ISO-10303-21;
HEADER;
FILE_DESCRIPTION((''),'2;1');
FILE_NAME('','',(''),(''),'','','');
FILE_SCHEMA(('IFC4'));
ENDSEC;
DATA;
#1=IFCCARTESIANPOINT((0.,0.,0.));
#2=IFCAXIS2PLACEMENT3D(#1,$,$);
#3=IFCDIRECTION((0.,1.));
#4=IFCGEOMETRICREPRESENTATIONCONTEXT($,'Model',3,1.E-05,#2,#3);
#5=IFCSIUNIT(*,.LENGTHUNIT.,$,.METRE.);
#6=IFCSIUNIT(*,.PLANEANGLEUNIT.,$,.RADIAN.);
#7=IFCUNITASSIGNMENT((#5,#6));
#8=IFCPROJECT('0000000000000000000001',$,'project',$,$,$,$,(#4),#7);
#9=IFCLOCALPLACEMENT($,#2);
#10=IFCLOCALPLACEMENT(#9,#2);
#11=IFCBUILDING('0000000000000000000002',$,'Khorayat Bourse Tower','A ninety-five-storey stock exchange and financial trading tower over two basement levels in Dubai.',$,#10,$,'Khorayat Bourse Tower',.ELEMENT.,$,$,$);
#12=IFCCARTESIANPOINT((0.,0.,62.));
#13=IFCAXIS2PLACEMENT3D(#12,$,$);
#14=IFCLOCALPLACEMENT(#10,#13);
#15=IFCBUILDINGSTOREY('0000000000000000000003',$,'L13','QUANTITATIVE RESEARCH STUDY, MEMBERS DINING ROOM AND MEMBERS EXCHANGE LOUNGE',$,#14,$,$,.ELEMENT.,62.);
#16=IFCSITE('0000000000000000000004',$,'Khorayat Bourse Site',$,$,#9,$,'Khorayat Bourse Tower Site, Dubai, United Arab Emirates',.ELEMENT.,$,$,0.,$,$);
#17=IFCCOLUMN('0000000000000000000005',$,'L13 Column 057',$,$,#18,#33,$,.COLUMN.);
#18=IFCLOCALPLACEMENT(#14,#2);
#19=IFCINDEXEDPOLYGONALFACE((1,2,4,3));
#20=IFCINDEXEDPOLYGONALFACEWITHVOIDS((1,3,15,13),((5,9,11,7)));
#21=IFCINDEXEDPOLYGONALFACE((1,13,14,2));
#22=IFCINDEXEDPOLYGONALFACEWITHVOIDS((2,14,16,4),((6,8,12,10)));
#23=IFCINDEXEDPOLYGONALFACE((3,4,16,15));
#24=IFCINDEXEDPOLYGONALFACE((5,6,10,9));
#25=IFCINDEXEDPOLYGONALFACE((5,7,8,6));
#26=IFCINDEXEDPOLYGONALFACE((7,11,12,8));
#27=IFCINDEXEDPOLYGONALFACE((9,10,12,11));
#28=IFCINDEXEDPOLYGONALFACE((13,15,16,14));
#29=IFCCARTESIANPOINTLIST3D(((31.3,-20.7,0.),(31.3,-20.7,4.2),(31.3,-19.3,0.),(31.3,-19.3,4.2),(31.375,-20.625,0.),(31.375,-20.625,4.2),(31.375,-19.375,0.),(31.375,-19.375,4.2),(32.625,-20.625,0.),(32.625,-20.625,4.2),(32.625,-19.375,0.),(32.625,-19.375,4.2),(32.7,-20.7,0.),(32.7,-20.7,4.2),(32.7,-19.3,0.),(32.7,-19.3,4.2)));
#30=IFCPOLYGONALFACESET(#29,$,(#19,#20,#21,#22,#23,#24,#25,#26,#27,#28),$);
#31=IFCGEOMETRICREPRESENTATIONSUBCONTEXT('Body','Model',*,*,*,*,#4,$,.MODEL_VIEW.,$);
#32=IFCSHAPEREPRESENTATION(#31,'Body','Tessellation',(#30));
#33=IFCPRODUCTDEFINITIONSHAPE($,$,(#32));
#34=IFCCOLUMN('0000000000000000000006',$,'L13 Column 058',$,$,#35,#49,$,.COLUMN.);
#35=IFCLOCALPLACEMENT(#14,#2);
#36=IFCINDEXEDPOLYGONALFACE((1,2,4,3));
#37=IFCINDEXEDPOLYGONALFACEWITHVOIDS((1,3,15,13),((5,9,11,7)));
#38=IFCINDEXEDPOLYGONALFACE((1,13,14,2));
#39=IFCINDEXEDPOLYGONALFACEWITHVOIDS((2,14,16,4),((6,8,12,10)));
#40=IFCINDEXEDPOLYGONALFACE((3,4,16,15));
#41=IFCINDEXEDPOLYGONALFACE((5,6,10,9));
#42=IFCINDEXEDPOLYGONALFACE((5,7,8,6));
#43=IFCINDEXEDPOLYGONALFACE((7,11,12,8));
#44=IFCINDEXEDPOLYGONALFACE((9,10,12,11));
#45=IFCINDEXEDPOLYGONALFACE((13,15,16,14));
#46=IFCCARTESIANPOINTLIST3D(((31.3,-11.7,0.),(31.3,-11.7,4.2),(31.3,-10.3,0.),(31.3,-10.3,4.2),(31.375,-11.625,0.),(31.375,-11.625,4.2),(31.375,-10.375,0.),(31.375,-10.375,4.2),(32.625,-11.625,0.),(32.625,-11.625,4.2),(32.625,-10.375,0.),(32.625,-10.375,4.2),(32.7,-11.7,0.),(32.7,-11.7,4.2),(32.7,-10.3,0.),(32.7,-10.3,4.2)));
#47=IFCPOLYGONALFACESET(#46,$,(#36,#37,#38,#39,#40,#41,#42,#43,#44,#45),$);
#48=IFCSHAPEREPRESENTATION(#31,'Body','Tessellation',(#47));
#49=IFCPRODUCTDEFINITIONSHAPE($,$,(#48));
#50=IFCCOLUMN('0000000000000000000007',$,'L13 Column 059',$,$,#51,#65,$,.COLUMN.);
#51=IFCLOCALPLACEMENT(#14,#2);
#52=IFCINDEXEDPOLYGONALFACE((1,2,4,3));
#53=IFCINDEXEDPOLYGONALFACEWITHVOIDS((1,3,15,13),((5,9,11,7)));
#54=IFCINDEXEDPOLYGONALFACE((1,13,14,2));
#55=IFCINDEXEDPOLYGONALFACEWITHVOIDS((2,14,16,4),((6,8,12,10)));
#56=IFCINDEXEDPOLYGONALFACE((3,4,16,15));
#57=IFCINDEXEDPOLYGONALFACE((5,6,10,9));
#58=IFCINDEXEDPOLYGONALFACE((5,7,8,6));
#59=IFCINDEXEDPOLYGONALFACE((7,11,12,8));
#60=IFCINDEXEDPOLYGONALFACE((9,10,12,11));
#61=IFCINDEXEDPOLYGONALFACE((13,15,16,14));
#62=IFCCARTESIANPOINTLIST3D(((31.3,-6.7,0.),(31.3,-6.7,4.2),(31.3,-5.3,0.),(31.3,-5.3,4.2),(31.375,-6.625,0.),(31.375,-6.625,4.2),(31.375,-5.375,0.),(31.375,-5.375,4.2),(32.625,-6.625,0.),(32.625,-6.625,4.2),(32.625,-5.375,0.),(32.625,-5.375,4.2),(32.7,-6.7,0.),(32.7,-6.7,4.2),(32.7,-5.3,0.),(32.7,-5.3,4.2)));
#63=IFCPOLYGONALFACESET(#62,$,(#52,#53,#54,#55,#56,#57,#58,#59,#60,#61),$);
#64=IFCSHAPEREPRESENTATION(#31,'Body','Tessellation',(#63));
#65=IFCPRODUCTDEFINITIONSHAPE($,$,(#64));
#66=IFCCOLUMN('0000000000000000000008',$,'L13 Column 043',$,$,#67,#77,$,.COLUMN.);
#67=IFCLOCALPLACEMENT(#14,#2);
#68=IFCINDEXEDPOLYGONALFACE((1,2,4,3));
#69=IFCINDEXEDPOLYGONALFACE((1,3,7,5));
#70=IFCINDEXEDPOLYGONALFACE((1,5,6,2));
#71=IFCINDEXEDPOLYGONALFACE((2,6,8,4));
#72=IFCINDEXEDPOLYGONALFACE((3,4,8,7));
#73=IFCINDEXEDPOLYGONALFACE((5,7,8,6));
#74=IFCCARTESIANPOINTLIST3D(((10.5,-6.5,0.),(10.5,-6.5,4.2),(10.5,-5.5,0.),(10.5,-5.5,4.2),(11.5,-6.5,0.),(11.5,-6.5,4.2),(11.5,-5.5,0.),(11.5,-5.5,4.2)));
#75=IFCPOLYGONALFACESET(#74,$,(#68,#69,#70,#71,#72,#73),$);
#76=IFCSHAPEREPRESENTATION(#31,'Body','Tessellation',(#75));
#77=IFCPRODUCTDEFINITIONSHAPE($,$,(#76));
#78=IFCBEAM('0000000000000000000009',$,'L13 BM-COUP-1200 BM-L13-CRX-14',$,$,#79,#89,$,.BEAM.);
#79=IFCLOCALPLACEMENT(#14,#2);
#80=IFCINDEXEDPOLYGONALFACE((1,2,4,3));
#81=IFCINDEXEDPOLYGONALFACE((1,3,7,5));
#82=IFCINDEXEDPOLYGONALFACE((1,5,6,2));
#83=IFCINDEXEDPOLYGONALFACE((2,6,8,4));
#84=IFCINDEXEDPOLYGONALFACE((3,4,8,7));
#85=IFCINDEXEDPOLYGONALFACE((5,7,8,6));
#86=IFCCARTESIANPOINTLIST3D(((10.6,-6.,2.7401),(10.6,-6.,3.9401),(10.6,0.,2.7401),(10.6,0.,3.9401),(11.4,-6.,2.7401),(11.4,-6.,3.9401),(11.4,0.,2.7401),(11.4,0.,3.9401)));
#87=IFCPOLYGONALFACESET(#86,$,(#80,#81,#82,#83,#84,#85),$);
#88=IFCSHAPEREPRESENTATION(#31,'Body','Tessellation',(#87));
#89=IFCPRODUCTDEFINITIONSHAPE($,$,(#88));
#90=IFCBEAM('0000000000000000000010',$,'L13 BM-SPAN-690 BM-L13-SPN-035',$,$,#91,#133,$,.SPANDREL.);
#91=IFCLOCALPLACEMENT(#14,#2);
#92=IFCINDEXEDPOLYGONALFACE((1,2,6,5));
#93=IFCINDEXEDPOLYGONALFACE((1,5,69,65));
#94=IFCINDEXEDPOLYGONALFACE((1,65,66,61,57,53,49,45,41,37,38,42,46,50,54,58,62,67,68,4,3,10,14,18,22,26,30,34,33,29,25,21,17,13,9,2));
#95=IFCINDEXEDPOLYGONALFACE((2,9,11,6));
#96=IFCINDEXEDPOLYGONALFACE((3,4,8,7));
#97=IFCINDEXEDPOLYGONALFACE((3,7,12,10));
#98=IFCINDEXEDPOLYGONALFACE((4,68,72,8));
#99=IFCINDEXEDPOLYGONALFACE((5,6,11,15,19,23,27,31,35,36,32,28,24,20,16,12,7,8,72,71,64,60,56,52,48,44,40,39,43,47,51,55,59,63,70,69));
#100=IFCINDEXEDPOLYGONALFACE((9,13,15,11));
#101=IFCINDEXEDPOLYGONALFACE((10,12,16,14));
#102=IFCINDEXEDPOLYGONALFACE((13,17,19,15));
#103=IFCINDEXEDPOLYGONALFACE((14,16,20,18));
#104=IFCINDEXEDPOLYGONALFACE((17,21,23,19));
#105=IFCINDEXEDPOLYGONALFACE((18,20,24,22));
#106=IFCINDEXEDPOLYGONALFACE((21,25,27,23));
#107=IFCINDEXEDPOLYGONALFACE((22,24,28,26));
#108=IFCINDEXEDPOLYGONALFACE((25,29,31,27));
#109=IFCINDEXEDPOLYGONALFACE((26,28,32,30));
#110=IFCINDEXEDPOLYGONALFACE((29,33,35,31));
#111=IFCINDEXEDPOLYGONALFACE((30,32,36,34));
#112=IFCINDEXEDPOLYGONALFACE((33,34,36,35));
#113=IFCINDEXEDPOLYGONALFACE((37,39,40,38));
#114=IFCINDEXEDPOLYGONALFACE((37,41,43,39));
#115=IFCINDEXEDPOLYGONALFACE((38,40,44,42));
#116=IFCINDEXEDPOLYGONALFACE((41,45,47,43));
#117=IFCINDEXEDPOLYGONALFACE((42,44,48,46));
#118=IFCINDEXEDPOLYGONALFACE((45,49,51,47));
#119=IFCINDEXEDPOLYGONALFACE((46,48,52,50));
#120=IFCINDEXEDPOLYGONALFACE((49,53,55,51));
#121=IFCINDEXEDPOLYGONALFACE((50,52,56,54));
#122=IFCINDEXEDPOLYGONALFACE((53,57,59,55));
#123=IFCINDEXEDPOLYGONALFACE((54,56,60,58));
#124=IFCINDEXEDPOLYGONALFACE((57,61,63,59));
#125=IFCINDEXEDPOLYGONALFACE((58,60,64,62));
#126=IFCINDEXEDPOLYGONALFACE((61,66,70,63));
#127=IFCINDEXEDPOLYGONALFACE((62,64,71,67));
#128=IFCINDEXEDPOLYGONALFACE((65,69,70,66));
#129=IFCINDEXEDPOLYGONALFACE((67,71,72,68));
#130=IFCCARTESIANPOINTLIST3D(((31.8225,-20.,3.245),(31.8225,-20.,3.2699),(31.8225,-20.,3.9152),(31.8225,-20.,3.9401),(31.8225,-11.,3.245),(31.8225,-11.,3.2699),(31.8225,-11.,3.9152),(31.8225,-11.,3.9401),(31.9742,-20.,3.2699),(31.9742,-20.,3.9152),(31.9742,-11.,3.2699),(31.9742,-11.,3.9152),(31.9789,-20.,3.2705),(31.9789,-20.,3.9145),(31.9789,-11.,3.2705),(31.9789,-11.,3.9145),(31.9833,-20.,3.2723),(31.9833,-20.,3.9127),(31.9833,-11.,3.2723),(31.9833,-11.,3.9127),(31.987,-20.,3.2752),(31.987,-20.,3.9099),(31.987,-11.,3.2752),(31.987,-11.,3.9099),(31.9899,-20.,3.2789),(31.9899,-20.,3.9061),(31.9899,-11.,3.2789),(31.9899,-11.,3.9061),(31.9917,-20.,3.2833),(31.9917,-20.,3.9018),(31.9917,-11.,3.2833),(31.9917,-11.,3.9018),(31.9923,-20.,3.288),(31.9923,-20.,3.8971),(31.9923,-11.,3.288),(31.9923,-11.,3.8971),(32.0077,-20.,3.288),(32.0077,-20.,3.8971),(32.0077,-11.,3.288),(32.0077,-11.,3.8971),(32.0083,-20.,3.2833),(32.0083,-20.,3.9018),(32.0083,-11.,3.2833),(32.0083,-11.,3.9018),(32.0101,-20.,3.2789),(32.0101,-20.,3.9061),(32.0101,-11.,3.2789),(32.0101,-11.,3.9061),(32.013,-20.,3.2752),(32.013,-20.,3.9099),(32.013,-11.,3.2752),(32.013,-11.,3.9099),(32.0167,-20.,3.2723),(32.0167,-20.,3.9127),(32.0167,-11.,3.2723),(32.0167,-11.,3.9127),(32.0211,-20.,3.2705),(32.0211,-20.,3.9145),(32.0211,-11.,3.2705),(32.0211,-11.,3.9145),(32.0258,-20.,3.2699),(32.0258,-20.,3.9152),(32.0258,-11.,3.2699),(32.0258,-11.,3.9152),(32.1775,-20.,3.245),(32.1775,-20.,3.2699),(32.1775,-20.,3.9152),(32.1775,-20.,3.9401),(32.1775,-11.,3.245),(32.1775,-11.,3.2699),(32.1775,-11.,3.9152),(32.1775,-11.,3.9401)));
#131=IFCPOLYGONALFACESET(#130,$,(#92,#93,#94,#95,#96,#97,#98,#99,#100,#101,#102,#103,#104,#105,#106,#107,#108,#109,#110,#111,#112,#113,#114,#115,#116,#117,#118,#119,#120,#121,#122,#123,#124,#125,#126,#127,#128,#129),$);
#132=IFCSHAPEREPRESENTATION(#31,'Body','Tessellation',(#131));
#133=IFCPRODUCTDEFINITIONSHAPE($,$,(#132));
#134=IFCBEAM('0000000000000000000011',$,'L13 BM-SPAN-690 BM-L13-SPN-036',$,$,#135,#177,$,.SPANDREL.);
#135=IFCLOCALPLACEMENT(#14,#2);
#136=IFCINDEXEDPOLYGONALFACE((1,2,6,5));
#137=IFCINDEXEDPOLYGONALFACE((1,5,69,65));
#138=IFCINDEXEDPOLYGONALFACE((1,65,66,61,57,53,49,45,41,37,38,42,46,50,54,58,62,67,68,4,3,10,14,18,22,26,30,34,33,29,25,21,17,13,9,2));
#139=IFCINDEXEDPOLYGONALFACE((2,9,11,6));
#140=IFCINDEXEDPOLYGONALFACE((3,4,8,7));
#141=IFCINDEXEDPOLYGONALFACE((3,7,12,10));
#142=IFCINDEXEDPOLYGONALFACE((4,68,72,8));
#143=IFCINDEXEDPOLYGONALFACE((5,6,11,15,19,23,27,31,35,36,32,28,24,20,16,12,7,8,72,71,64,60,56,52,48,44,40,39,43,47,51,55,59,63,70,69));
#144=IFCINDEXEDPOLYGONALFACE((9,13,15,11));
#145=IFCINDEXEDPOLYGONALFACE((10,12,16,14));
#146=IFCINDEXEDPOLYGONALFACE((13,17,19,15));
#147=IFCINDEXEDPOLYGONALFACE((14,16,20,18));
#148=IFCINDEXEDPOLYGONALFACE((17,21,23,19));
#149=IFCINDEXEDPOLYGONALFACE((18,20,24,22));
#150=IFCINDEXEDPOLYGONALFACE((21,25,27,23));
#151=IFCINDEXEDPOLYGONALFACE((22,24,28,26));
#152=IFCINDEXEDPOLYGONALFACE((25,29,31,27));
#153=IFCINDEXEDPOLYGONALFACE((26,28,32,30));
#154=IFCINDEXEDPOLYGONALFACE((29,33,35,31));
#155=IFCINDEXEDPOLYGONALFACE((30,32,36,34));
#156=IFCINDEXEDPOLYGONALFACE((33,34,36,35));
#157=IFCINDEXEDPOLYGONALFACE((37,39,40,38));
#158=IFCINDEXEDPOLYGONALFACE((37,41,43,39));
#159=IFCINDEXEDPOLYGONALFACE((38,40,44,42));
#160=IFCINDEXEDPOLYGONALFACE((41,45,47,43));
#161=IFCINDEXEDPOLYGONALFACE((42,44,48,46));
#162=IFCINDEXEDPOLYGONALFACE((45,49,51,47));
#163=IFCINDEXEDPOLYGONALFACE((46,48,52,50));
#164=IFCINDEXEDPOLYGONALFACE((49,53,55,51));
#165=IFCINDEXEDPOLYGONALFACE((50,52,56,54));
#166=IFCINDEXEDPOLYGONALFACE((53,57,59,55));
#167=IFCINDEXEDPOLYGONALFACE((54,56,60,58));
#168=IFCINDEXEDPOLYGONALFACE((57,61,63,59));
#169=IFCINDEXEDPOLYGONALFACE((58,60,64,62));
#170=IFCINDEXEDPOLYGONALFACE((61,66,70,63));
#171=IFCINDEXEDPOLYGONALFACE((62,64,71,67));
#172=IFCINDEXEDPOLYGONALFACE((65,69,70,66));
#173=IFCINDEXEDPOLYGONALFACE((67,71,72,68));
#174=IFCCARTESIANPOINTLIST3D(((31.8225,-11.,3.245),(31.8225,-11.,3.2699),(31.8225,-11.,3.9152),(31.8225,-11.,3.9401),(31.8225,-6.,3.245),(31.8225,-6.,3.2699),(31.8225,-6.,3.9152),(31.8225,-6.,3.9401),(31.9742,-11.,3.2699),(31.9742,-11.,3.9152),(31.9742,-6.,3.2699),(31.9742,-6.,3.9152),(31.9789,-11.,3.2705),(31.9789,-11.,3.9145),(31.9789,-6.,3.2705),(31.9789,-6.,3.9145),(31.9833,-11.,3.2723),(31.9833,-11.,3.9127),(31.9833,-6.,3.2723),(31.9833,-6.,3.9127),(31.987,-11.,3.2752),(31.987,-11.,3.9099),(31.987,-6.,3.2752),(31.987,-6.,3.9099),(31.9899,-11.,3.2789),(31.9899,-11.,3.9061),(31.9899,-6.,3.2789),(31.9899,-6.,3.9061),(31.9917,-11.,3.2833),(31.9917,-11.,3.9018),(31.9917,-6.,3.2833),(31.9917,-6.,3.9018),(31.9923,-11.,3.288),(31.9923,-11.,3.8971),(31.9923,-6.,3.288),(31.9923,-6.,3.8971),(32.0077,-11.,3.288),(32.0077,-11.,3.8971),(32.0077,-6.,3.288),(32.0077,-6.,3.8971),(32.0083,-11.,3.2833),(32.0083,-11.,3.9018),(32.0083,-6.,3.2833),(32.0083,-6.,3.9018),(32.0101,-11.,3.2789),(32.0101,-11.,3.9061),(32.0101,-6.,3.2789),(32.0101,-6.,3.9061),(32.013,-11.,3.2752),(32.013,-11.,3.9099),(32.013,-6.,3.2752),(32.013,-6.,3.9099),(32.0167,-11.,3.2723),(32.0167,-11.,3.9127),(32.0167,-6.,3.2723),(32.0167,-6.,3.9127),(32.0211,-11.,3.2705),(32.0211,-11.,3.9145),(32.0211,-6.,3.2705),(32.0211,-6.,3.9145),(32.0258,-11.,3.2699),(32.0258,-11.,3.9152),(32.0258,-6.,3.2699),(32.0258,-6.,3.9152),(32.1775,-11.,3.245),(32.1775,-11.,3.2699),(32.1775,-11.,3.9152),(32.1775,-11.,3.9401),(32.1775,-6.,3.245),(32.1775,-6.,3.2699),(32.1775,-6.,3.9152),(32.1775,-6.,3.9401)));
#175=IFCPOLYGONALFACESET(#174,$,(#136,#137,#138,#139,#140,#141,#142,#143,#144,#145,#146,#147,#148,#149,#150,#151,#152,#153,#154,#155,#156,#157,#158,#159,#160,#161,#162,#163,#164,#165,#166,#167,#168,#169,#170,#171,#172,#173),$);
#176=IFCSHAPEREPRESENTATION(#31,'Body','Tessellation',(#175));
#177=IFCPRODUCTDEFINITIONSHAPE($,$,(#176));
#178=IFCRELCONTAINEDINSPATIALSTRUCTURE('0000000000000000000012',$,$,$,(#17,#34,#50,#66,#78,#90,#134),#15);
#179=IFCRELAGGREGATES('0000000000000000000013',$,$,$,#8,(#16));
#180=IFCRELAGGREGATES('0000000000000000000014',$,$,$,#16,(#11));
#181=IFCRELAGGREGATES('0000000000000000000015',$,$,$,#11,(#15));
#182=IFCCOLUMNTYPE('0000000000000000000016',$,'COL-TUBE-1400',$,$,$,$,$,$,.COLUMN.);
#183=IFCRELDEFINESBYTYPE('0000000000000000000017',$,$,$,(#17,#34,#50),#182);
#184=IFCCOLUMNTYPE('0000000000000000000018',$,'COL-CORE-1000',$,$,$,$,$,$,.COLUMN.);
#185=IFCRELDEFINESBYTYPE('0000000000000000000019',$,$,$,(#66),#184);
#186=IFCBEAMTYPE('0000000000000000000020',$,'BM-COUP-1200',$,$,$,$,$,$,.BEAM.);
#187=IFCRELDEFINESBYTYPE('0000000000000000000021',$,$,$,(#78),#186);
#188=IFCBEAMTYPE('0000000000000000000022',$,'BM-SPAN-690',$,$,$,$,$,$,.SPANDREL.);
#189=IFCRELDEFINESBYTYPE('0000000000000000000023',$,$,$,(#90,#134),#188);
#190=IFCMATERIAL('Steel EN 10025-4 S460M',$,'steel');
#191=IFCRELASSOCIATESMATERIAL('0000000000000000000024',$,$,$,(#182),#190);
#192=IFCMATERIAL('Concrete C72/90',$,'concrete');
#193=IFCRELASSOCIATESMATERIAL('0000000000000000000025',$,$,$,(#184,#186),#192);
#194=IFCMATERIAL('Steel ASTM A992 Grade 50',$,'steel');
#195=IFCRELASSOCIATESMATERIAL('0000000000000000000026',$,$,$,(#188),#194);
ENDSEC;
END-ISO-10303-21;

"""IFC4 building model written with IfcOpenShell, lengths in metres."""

from ifc_helpers import new_model, si_unit, direction, frame, origin, origin_2d, place, context, subcontext, project, spatial, rectangle, hollow_rectangle, i_section, extrude, source, transform, mapped, material, material_profile, profile_set, type_object, element, save


model = new_model("IFC4")

# Units and contexts
model_context = context("Model", 3, precision=1e-05, world=origin(), true_north=direction((0.0, 1.0)))
body_context = subcontext(model_context, "Body", "Model", "MODEL_VIEW")
ifc_project = project(units=[si_unit("LENGTHUNIT", "METRE"), si_unit("PLANEANGLEUNIT", "RADIAN")], contexts=[model_context])

# Site, building, storey
site_placement = place(None, origin())
site = spatial("IfcSite", under=ifc_project, at=site_placement, Name="Khorayat Bourse Site", LongName="Khorayat Bourse Tower Site, Dubai, United Arab Emirates", CompositionType="ELEMENT", RefElevation=0.0)
building_placement = place(site_placement, origin())
building = spatial("IfcBuilding", under=site, at=building_placement, Name="Khorayat Bourse Tower", Description="A ninety-five-storey stock exchange and financial trading tower over two basement levels in Dubai.", LongName="Khorayat Bourse Tower", CompositionType="ELEMENT")
storey_placement = place(building_placement, frame((0.0, 0.0, 62.0)))
storey = spatial("IfcBuildingStorey", under=building, at=storey_placement, Name="L13", Description="QUANTITATIVE RESEARCH STUDY, MEMBERS DINING ROOM AND MEMBERS EXCHANGE LOUNGE", CompositionType="ELEMENT", Elevation=62.0)

# Columns
ifc_material_1 = material(Name="Steel EN 10025-4 S460M", Category="steel")
ifc_material_profile_1 = material_profile(ifc_material_1, hollow_rectangle(XDim=1.3999, YDim=1.3999, WallThickness=0.075, at=origin_2d()), Name="BOX 1400x1400x75")
ifc_profile_set_1 = profile_set([ifc_material_profile_1], Name="Steel EN 10025-4 S460M")
column_type_1 = type_object("IfcColumnType", Name="COL-TUBE-1400", PredefinedType="COLUMN", material=ifc_profile_set_1)
shared_shape_1 = source(origin(), body_context, "Body", "SweptSolid", [
    extrude(hollow_rectangle(XDim=1.3999, YDim=1.3999, WallThickness=0.075, at=origin_2d()), origin(), (0.0, 0.0, 1.0), 4.2),
])
for number, where, z_axis, x_axis, name in (
    (1, (32.0, -20.0, 0.0), (0.0, 0.0, 1.0), (1.0, 0.0, 0.0), "L13 Column 057"),
    (2, (32.0, -11.0, 0.0), (0.0, 0.0, 1.0), (1.0, 0.0, 0.0), "L13 Column 058"),
    (3, (32.0, -6.0, 0.0), (0.0, 0.0, 1.0), (1.0, 0.0, 0.0), "L13 Column 059"),
):
    element("IfcColumn", number, at=place(storey_placement, frame(where, z_axis=z_axis, x_axis=x_axis)), inside=storey, type_object=column_type_1, Name=name, PredefinedType="COLUMN", context=body_context, shape_type="MappedRepresentation", body=[
        mapped(shared_shape_1, transform((0.0, 0.0, 0.0), scale=1.0)),
    ])
ifc_material_2 = material(Name="Concrete C72/90", Category="concrete")
ifc_material_profile_2 = material_profile(ifc_material_2, rectangle(XDim=1.0, YDim=1.0, at=origin_2d()), Name="RC 1000x1000")
ifc_profile_set_2 = profile_set([ifc_material_profile_2], Name="Concrete C72/90")
column_type_2 = type_object("IfcColumnType", Name="COL-CORE-1000", PredefinedType="COLUMN", material=ifc_profile_set_2)
shared_shape_2 = source(origin(), body_context, "Body", "SweptSolid", [
    extrude(rectangle(XDim=1.0, YDim=1.0, at=origin_2d()), origin(), (0.0, 0.0, 1.0), 4.2),
])
column_placement = place(storey_placement, frame((11.0, -6.0, 0.0), z_axis=(0.0, 0.0, 1.0), x_axis=(1.0, 0.0, 0.0)))
element("IfcColumn", 4, at=column_placement, inside=storey, type_object=column_type_2, Name="L13 Column 043", PredefinedType="COLUMN", context=body_context, shape_type="MappedRepresentation", body=[
    mapped(shared_shape_2, transform((0.0, 0.0, 0.0), scale=1.0)),
])

# Beams
ifc_material_profile_3 = material_profile(ifc_material_2, rectangle(XDim=0.8, YDim=1.2, at=origin_2d()), Name="RC 800x1200")
ifc_profile_set_3 = profile_set([ifc_material_profile_3], Name="Concrete C72/90")
beam_type_1 = type_object("IfcBeamType", Name="BM-COUP-1200", PredefinedType="BEAM", material=ifc_profile_set_3)
shared_shape_3 = source(origin(), body_context, "Body", "SweptSolid", [
    extrude(rectangle(XDim=0.8, YDim=1.2, at=origin_2d()), origin(), (0.0, 0.0, 1.0), 6.0),
])
beam_1_placement = place(storey_placement, frame((11.0, -6.0, 3.3401), z_axis=(0.0, 1.0, 0.0), x_axis=(-1.0, 0.0, 0.0)))
element("IfcBeam", 5, at=beam_1_placement, inside=storey, type_object=beam_type_1, Name="L13 BM-COUP-1200 BM-L13-CRX-14", PredefinedType="BEAM", context=body_context, shape_type="MappedRepresentation", body=[
    mapped(shared_shape_3, transform((0.0, 0.0, 0.0), scale=1.0)),
])
ifc_material_3 = material(Name="Steel ASTM A992 Grade 50", Category="steel")
ifc_material_profile_4 = material_profile(ifc_material_3, i_section(OverallWidth=0.355, OverallDepth=0.6951, WebThickness=0.0154, FlangeThickness=0.0249, FilletRadius=0.0181, at=origin_2d()), Name="W690X217")
ifc_profile_set_4 = profile_set([ifc_material_profile_4], Name="Steel ASTM A992 Grade 50")
beam_type_2 = type_object("IfcBeamType", Name="BM-SPAN-690", PredefinedType="SPANDREL", material=ifc_profile_set_4)
shared_shape_4 = source(origin(), body_context, "Body", "SweptSolid", [
    extrude(i_section(OverallWidth=0.355, OverallDepth=0.6951, WebThickness=0.0154, FlangeThickness=0.0249, FilletRadius=0.0181, at=origin_2d()), origin(), (0.0, 0.0, 1.0), 9.0),
])
beam_2_placement = place(storey_placement, frame((32.0, -20.0, 3.5925), z_axis=(0.0, 1.0, 0.0), x_axis=(-1.0, 0.0, 0.0)))
element("IfcBeam", 6, at=beam_2_placement, inside=storey, type_object=beam_type_2, Name="L13 BM-SPAN-690 BM-L13-SPN-035", PredefinedType="SPANDREL", context=body_context, shape_type="MappedRepresentation", body=[
    mapped(shared_shape_4, transform((0.0, 0.0, 0.0), scale=1.0)),
])
shared_shape_5 = source(origin(), body_context, "Body", "SweptSolid", [
    extrude(i_section(OverallWidth=0.355, OverallDepth=0.6951, WebThickness=0.0154, FlangeThickness=0.0249, FilletRadius=0.0181, at=origin_2d()), origin(), (0.0, 0.0, 1.0), 5.0),
])
beam_3_placement = place(storey_placement, frame((32.0, -11.0, 3.5925), z_axis=(0.0, 1.0, 0.0), x_axis=(-1.0, 0.0, 0.0)))
element("IfcBeam", 7, at=beam_3_placement, inside=storey, type_object=beam_type_2, Name="L13 BM-SPAN-690 BM-L13-SPN-036", PredefinedType="SPANDREL", context=body_context, shape_type="MappedRepresentation", body=[
    mapped(shared_shape_5, transform((0.0, 0.0, 0.0), scale=1.0)),
])

save(model, "model.ifc")
